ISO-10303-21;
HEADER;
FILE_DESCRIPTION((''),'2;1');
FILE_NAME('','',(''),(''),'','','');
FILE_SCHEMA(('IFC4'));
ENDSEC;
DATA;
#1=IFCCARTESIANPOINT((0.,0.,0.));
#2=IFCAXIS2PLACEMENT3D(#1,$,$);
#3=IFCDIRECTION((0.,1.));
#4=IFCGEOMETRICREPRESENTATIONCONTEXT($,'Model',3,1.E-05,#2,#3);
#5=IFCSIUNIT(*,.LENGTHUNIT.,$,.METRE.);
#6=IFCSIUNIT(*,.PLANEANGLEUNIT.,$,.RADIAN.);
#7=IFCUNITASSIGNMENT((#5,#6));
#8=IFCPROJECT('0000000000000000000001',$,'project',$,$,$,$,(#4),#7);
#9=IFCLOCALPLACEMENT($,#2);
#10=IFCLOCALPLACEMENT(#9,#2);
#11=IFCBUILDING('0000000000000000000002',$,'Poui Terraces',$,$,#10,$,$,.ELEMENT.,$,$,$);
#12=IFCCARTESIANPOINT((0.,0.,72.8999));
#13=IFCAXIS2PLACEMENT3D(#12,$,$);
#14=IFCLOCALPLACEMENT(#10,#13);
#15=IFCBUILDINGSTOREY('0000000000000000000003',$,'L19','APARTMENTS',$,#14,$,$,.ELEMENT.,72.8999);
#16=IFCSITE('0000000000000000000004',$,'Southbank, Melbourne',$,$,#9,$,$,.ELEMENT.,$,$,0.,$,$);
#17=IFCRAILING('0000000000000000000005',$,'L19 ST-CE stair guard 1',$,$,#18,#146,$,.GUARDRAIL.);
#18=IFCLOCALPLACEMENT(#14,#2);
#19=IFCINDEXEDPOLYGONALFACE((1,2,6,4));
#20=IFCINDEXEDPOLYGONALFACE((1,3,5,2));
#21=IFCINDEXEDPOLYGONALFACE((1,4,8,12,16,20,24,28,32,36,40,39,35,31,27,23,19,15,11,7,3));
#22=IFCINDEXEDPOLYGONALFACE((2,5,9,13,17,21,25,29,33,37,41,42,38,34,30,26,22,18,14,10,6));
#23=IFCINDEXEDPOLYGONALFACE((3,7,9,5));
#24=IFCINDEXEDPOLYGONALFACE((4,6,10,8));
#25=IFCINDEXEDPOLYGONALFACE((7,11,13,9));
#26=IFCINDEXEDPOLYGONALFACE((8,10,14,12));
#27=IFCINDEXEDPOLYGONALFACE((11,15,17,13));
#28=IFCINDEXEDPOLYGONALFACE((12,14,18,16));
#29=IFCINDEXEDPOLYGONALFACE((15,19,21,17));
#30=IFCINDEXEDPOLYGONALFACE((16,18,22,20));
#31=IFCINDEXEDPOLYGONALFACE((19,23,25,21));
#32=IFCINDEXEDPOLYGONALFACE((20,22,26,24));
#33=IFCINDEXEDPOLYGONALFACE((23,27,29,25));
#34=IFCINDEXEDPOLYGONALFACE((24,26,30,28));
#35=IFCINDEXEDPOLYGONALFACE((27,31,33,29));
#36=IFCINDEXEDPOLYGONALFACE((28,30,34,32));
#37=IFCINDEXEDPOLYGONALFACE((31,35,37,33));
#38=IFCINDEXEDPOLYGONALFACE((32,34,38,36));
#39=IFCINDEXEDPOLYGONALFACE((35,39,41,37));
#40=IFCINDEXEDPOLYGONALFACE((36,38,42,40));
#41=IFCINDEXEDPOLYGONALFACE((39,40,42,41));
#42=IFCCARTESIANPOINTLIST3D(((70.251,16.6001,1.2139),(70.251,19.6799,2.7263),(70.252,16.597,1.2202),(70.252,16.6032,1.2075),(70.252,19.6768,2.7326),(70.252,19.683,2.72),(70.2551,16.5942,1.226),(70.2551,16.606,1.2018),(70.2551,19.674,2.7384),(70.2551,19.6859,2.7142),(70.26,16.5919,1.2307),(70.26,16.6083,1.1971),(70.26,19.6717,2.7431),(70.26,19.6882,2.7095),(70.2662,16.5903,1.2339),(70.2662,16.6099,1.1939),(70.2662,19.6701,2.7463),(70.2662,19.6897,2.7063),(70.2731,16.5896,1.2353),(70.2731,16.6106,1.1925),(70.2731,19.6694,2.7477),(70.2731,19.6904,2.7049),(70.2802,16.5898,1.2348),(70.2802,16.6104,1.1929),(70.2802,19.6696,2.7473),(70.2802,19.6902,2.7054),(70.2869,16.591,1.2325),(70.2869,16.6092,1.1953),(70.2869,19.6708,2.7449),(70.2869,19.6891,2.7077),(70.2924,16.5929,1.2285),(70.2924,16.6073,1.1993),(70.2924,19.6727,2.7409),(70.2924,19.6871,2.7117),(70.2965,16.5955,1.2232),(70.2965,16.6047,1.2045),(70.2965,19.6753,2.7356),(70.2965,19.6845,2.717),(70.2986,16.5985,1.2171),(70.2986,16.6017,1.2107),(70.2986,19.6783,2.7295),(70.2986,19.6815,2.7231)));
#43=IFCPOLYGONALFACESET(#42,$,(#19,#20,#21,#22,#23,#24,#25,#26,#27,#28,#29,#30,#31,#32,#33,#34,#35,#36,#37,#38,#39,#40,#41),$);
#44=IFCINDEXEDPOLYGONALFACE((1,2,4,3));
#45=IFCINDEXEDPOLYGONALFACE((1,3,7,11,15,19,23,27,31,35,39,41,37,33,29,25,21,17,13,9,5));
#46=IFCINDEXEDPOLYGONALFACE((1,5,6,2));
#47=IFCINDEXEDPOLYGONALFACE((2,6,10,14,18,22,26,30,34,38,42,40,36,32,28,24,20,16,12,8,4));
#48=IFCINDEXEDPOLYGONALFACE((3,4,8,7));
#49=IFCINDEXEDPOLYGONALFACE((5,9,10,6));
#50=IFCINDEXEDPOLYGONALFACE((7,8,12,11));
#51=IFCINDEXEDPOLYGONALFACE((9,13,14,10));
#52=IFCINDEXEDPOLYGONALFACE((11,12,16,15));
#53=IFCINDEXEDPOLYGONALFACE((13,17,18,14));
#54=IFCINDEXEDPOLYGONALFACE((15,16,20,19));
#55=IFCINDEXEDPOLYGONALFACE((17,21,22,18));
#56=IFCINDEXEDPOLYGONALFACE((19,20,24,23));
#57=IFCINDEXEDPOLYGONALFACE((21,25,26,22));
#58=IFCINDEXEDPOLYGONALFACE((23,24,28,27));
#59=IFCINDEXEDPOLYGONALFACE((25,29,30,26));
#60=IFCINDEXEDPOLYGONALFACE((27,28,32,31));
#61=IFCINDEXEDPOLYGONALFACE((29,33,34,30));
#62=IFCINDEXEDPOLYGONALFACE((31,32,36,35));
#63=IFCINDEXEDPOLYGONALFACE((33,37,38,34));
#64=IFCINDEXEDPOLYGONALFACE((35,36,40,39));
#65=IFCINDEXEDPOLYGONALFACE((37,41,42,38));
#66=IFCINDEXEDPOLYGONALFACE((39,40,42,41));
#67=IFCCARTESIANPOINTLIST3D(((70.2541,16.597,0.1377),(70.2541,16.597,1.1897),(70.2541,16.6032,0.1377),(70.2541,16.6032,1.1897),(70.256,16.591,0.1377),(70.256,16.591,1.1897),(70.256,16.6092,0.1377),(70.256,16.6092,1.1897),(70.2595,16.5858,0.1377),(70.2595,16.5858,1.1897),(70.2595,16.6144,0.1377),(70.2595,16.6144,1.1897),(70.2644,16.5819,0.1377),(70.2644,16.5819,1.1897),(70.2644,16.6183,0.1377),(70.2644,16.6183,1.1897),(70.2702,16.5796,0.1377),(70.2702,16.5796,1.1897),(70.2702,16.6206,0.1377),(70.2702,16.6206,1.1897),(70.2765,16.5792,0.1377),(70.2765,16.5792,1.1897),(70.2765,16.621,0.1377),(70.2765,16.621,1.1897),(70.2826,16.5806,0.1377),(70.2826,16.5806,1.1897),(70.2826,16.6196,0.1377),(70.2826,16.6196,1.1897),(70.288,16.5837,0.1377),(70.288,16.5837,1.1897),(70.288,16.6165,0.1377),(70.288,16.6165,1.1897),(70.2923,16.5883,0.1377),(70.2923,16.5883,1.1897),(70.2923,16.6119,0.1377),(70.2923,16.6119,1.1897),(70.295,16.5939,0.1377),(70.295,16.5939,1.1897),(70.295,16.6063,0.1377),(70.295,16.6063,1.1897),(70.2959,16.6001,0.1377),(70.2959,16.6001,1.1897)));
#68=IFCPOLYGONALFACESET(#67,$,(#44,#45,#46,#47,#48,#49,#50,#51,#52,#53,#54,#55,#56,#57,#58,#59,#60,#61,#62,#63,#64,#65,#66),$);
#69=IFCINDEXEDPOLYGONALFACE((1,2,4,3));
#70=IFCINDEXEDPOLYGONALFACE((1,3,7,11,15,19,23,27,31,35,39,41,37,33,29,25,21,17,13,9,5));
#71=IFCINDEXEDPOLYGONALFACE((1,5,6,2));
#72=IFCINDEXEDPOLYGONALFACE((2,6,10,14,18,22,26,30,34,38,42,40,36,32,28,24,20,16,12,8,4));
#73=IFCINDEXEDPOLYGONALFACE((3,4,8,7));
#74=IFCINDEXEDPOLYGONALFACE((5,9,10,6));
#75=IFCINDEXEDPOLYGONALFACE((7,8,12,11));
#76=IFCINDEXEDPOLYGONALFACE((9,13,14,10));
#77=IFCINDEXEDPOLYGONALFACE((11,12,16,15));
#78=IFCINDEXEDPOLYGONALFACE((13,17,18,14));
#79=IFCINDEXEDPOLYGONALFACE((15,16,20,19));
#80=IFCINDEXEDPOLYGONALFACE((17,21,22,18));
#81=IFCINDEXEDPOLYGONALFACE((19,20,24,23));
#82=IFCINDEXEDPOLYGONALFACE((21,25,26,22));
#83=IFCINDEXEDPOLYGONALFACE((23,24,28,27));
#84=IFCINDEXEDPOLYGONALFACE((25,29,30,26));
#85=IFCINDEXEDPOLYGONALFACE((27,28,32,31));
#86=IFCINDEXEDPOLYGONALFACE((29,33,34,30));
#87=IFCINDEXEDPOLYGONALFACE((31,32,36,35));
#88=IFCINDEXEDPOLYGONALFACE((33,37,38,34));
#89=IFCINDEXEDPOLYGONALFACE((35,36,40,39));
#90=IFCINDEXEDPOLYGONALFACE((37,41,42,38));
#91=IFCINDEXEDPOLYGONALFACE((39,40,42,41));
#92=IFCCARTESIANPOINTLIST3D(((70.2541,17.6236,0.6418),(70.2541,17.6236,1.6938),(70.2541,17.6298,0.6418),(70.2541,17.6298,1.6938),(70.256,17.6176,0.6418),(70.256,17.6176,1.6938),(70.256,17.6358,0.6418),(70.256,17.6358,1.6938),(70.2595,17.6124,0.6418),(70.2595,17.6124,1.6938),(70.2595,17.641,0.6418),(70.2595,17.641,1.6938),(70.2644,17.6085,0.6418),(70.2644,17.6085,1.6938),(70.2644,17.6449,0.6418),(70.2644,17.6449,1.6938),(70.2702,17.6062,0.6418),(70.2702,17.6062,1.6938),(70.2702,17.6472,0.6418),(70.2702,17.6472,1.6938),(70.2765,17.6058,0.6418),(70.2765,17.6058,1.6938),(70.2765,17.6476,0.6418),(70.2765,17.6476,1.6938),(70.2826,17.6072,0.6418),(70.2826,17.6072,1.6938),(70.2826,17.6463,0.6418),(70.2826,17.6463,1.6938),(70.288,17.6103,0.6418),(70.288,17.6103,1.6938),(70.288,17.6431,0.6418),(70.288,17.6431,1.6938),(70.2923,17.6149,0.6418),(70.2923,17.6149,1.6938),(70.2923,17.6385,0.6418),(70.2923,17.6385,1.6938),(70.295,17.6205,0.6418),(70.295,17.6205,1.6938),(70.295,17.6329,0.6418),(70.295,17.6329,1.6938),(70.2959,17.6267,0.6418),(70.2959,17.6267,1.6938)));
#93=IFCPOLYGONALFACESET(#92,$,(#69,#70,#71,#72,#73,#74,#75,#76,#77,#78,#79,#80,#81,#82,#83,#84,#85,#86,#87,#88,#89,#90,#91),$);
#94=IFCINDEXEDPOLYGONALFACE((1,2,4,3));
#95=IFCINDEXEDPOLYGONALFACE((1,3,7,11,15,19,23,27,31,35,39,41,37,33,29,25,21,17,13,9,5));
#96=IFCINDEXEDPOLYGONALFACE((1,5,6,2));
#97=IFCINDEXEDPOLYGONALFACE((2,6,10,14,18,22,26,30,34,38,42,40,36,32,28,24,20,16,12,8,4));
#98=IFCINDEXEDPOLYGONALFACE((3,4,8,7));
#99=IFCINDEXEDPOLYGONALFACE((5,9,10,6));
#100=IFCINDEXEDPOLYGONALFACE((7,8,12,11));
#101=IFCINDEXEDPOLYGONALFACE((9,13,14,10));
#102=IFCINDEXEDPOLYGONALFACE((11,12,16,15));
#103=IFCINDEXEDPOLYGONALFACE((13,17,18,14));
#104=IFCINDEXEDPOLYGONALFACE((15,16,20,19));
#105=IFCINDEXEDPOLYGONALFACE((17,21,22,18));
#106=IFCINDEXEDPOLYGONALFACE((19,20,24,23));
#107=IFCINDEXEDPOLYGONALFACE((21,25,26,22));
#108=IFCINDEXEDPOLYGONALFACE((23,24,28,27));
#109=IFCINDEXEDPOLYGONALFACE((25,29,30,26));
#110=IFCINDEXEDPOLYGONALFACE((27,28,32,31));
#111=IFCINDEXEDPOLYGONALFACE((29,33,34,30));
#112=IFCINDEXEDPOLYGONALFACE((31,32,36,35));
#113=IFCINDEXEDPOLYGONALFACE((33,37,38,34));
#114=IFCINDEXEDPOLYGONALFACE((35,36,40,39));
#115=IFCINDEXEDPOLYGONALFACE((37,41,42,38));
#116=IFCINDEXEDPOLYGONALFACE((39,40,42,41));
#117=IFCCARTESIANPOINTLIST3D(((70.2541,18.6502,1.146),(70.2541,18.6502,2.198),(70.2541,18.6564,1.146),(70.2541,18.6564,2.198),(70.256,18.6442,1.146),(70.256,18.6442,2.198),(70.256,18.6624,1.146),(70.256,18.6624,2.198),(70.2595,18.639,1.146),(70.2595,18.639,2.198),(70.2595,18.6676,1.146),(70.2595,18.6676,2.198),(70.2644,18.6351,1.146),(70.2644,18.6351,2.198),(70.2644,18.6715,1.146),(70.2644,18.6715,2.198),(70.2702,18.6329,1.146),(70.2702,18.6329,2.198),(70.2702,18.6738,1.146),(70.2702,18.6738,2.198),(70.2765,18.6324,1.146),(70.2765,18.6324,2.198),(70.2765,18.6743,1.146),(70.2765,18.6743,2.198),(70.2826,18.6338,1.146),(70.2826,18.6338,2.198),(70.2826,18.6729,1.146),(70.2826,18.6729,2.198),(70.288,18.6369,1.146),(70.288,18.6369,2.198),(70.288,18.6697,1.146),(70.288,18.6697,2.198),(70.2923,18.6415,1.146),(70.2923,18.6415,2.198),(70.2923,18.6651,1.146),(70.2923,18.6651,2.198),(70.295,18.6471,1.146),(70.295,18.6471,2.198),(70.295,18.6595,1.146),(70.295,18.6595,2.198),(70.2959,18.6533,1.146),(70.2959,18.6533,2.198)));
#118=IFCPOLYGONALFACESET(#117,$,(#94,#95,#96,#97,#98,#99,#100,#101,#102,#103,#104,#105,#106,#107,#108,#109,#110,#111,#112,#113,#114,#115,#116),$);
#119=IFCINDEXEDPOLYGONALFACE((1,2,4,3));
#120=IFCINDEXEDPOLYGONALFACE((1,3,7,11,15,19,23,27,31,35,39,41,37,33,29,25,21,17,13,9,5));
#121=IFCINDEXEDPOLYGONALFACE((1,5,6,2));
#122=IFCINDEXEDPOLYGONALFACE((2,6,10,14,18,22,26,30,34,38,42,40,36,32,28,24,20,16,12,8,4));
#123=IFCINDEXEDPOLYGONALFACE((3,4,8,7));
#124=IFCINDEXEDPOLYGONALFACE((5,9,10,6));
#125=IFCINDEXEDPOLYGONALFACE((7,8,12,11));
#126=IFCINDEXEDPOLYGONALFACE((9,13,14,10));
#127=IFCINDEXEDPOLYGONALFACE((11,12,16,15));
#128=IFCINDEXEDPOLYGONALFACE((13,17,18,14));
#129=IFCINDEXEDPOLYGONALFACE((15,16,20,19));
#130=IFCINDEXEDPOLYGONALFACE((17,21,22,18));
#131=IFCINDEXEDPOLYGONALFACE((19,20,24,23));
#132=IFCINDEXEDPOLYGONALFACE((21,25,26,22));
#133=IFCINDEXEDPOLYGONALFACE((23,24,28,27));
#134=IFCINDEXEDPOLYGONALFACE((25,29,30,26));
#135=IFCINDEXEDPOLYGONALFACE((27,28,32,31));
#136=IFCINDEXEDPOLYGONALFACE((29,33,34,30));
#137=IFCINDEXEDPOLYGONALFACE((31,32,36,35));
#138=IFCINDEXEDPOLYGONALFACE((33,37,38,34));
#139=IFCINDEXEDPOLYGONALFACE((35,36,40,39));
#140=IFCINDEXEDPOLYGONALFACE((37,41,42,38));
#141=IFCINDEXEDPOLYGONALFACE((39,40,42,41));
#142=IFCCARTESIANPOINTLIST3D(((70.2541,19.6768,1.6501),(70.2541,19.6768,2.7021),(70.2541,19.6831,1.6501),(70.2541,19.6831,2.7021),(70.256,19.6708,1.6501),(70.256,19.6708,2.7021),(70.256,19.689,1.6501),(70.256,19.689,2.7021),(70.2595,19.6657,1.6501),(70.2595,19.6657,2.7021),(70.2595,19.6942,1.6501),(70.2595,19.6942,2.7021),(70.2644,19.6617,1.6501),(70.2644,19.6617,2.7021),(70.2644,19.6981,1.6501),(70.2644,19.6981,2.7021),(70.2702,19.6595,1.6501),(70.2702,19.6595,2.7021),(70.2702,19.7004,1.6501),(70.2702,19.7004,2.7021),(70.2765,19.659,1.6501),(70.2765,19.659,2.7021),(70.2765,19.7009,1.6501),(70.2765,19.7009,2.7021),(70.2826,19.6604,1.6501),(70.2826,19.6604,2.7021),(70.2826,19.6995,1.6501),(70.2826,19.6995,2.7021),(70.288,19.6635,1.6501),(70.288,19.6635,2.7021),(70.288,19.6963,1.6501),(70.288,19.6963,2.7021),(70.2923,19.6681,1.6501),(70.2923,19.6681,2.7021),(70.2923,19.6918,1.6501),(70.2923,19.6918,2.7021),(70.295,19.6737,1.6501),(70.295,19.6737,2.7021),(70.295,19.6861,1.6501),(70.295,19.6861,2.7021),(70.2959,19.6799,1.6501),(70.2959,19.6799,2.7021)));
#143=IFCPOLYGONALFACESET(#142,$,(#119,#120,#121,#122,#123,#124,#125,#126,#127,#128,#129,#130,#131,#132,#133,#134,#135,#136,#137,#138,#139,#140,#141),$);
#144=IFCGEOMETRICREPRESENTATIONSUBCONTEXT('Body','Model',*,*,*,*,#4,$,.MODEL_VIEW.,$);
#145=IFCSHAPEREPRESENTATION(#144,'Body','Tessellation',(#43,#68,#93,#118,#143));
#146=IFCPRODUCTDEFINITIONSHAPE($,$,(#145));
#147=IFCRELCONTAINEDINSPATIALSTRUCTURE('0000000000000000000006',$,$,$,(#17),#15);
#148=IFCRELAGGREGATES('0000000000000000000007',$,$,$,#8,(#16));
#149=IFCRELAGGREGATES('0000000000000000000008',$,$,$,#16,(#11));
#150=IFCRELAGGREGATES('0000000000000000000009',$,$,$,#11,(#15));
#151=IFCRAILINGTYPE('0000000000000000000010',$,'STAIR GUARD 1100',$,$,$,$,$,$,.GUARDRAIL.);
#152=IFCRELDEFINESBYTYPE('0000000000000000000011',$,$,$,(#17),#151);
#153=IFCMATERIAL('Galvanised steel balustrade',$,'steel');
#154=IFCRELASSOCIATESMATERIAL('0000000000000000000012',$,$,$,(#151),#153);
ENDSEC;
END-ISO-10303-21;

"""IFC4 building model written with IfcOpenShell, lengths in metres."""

from ifc_helpers import new_model, si_unit, direction, frame, origin, origin_2d, place, context, subcontext, project, spatial, circle, extrude, material, type_object, element, save


model = new_model("IFC4")

# Units and contexts
model_context = context("Model", 3, precision=1e-05, world=origin(), true_north=direction((0.0, 1.0)))
body_context = subcontext(model_context, "Body", "Model", "MODEL_VIEW")
ifc_project = project(units=[si_unit("LENGTHUNIT", "METRE"), si_unit("PLANEANGLEUNIT", "RADIAN")], contexts=[model_context])

# Site, building, storey
site_placement = place(None, origin())
site = spatial("IfcSite", under=ifc_project, at=site_placement, Name="Southbank, Melbourne", CompositionType="ELEMENT", RefElevation=0.0)
building_placement = place(site_placement, origin())
building = spatial("IfcBuilding", under=site, at=building_placement, Name="Poui Terraces", CompositionType="ELEMENT")
storey_placement = place(building_placement, frame((0.0, 0.0, 72.8999)))
storey = spatial("IfcBuildingStorey", under=building, at=storey_placement, Name="L19", Description="APARTMENTS", CompositionType="ELEMENT", Elevation=72.8999)

# Railing
ifc_material_1 = material(Name="Galvanised steel balustrade", Category="steel")
railing_type_1 = type_object("IfcRailingType", Name="STAIR GUARD 1100", PredefinedType="GUARDRAIL", material=ifc_material_1)
railing_1_placement = place(storey_placement, frame((70.2749, 16.6001, 0.1377)))
element("IfcRailing", 1, at=railing_1_placement, inside=storey, type_object=railing_type_1, Name="L19 ST-CE stair guard 1", PredefinedType="GUARDRAIL", context=body_context, shape_type="SweptSolid", body=[
    extrude(circle(Radius=0.0239, at=origin_2d()), frame((0.0, 0.0, 1.0762), z_axis=(0.0, 0.897606, 0.440798), x_axis=(-1.0, 0.0, 0.0)), (0.0, 0.0, 1.0), 3.4312),
    extrude(circle(Radius=0.021, at=origin_2d()), origin(), (0.0, 0.0, 1.0), 1.052),
    extrude(circle(Radius=0.021, at=origin_2d()), frame((0.0, 1.0266, 0.5042)), (0.0, 0.0, 1.0), 1.052),
    extrude(circle(Radius=0.021, at=origin_2d()), frame((0.0, 2.0532, 1.0083)), (0.0, 0.0, 1.0), 1.052),
    extrude(circle(Radius=0.021, at=origin_2d()), frame((0.0, 3.0798, 1.5125)), (0.0, 0.0, 1.0), 1.052),
])

save(model, "model.ifc")
